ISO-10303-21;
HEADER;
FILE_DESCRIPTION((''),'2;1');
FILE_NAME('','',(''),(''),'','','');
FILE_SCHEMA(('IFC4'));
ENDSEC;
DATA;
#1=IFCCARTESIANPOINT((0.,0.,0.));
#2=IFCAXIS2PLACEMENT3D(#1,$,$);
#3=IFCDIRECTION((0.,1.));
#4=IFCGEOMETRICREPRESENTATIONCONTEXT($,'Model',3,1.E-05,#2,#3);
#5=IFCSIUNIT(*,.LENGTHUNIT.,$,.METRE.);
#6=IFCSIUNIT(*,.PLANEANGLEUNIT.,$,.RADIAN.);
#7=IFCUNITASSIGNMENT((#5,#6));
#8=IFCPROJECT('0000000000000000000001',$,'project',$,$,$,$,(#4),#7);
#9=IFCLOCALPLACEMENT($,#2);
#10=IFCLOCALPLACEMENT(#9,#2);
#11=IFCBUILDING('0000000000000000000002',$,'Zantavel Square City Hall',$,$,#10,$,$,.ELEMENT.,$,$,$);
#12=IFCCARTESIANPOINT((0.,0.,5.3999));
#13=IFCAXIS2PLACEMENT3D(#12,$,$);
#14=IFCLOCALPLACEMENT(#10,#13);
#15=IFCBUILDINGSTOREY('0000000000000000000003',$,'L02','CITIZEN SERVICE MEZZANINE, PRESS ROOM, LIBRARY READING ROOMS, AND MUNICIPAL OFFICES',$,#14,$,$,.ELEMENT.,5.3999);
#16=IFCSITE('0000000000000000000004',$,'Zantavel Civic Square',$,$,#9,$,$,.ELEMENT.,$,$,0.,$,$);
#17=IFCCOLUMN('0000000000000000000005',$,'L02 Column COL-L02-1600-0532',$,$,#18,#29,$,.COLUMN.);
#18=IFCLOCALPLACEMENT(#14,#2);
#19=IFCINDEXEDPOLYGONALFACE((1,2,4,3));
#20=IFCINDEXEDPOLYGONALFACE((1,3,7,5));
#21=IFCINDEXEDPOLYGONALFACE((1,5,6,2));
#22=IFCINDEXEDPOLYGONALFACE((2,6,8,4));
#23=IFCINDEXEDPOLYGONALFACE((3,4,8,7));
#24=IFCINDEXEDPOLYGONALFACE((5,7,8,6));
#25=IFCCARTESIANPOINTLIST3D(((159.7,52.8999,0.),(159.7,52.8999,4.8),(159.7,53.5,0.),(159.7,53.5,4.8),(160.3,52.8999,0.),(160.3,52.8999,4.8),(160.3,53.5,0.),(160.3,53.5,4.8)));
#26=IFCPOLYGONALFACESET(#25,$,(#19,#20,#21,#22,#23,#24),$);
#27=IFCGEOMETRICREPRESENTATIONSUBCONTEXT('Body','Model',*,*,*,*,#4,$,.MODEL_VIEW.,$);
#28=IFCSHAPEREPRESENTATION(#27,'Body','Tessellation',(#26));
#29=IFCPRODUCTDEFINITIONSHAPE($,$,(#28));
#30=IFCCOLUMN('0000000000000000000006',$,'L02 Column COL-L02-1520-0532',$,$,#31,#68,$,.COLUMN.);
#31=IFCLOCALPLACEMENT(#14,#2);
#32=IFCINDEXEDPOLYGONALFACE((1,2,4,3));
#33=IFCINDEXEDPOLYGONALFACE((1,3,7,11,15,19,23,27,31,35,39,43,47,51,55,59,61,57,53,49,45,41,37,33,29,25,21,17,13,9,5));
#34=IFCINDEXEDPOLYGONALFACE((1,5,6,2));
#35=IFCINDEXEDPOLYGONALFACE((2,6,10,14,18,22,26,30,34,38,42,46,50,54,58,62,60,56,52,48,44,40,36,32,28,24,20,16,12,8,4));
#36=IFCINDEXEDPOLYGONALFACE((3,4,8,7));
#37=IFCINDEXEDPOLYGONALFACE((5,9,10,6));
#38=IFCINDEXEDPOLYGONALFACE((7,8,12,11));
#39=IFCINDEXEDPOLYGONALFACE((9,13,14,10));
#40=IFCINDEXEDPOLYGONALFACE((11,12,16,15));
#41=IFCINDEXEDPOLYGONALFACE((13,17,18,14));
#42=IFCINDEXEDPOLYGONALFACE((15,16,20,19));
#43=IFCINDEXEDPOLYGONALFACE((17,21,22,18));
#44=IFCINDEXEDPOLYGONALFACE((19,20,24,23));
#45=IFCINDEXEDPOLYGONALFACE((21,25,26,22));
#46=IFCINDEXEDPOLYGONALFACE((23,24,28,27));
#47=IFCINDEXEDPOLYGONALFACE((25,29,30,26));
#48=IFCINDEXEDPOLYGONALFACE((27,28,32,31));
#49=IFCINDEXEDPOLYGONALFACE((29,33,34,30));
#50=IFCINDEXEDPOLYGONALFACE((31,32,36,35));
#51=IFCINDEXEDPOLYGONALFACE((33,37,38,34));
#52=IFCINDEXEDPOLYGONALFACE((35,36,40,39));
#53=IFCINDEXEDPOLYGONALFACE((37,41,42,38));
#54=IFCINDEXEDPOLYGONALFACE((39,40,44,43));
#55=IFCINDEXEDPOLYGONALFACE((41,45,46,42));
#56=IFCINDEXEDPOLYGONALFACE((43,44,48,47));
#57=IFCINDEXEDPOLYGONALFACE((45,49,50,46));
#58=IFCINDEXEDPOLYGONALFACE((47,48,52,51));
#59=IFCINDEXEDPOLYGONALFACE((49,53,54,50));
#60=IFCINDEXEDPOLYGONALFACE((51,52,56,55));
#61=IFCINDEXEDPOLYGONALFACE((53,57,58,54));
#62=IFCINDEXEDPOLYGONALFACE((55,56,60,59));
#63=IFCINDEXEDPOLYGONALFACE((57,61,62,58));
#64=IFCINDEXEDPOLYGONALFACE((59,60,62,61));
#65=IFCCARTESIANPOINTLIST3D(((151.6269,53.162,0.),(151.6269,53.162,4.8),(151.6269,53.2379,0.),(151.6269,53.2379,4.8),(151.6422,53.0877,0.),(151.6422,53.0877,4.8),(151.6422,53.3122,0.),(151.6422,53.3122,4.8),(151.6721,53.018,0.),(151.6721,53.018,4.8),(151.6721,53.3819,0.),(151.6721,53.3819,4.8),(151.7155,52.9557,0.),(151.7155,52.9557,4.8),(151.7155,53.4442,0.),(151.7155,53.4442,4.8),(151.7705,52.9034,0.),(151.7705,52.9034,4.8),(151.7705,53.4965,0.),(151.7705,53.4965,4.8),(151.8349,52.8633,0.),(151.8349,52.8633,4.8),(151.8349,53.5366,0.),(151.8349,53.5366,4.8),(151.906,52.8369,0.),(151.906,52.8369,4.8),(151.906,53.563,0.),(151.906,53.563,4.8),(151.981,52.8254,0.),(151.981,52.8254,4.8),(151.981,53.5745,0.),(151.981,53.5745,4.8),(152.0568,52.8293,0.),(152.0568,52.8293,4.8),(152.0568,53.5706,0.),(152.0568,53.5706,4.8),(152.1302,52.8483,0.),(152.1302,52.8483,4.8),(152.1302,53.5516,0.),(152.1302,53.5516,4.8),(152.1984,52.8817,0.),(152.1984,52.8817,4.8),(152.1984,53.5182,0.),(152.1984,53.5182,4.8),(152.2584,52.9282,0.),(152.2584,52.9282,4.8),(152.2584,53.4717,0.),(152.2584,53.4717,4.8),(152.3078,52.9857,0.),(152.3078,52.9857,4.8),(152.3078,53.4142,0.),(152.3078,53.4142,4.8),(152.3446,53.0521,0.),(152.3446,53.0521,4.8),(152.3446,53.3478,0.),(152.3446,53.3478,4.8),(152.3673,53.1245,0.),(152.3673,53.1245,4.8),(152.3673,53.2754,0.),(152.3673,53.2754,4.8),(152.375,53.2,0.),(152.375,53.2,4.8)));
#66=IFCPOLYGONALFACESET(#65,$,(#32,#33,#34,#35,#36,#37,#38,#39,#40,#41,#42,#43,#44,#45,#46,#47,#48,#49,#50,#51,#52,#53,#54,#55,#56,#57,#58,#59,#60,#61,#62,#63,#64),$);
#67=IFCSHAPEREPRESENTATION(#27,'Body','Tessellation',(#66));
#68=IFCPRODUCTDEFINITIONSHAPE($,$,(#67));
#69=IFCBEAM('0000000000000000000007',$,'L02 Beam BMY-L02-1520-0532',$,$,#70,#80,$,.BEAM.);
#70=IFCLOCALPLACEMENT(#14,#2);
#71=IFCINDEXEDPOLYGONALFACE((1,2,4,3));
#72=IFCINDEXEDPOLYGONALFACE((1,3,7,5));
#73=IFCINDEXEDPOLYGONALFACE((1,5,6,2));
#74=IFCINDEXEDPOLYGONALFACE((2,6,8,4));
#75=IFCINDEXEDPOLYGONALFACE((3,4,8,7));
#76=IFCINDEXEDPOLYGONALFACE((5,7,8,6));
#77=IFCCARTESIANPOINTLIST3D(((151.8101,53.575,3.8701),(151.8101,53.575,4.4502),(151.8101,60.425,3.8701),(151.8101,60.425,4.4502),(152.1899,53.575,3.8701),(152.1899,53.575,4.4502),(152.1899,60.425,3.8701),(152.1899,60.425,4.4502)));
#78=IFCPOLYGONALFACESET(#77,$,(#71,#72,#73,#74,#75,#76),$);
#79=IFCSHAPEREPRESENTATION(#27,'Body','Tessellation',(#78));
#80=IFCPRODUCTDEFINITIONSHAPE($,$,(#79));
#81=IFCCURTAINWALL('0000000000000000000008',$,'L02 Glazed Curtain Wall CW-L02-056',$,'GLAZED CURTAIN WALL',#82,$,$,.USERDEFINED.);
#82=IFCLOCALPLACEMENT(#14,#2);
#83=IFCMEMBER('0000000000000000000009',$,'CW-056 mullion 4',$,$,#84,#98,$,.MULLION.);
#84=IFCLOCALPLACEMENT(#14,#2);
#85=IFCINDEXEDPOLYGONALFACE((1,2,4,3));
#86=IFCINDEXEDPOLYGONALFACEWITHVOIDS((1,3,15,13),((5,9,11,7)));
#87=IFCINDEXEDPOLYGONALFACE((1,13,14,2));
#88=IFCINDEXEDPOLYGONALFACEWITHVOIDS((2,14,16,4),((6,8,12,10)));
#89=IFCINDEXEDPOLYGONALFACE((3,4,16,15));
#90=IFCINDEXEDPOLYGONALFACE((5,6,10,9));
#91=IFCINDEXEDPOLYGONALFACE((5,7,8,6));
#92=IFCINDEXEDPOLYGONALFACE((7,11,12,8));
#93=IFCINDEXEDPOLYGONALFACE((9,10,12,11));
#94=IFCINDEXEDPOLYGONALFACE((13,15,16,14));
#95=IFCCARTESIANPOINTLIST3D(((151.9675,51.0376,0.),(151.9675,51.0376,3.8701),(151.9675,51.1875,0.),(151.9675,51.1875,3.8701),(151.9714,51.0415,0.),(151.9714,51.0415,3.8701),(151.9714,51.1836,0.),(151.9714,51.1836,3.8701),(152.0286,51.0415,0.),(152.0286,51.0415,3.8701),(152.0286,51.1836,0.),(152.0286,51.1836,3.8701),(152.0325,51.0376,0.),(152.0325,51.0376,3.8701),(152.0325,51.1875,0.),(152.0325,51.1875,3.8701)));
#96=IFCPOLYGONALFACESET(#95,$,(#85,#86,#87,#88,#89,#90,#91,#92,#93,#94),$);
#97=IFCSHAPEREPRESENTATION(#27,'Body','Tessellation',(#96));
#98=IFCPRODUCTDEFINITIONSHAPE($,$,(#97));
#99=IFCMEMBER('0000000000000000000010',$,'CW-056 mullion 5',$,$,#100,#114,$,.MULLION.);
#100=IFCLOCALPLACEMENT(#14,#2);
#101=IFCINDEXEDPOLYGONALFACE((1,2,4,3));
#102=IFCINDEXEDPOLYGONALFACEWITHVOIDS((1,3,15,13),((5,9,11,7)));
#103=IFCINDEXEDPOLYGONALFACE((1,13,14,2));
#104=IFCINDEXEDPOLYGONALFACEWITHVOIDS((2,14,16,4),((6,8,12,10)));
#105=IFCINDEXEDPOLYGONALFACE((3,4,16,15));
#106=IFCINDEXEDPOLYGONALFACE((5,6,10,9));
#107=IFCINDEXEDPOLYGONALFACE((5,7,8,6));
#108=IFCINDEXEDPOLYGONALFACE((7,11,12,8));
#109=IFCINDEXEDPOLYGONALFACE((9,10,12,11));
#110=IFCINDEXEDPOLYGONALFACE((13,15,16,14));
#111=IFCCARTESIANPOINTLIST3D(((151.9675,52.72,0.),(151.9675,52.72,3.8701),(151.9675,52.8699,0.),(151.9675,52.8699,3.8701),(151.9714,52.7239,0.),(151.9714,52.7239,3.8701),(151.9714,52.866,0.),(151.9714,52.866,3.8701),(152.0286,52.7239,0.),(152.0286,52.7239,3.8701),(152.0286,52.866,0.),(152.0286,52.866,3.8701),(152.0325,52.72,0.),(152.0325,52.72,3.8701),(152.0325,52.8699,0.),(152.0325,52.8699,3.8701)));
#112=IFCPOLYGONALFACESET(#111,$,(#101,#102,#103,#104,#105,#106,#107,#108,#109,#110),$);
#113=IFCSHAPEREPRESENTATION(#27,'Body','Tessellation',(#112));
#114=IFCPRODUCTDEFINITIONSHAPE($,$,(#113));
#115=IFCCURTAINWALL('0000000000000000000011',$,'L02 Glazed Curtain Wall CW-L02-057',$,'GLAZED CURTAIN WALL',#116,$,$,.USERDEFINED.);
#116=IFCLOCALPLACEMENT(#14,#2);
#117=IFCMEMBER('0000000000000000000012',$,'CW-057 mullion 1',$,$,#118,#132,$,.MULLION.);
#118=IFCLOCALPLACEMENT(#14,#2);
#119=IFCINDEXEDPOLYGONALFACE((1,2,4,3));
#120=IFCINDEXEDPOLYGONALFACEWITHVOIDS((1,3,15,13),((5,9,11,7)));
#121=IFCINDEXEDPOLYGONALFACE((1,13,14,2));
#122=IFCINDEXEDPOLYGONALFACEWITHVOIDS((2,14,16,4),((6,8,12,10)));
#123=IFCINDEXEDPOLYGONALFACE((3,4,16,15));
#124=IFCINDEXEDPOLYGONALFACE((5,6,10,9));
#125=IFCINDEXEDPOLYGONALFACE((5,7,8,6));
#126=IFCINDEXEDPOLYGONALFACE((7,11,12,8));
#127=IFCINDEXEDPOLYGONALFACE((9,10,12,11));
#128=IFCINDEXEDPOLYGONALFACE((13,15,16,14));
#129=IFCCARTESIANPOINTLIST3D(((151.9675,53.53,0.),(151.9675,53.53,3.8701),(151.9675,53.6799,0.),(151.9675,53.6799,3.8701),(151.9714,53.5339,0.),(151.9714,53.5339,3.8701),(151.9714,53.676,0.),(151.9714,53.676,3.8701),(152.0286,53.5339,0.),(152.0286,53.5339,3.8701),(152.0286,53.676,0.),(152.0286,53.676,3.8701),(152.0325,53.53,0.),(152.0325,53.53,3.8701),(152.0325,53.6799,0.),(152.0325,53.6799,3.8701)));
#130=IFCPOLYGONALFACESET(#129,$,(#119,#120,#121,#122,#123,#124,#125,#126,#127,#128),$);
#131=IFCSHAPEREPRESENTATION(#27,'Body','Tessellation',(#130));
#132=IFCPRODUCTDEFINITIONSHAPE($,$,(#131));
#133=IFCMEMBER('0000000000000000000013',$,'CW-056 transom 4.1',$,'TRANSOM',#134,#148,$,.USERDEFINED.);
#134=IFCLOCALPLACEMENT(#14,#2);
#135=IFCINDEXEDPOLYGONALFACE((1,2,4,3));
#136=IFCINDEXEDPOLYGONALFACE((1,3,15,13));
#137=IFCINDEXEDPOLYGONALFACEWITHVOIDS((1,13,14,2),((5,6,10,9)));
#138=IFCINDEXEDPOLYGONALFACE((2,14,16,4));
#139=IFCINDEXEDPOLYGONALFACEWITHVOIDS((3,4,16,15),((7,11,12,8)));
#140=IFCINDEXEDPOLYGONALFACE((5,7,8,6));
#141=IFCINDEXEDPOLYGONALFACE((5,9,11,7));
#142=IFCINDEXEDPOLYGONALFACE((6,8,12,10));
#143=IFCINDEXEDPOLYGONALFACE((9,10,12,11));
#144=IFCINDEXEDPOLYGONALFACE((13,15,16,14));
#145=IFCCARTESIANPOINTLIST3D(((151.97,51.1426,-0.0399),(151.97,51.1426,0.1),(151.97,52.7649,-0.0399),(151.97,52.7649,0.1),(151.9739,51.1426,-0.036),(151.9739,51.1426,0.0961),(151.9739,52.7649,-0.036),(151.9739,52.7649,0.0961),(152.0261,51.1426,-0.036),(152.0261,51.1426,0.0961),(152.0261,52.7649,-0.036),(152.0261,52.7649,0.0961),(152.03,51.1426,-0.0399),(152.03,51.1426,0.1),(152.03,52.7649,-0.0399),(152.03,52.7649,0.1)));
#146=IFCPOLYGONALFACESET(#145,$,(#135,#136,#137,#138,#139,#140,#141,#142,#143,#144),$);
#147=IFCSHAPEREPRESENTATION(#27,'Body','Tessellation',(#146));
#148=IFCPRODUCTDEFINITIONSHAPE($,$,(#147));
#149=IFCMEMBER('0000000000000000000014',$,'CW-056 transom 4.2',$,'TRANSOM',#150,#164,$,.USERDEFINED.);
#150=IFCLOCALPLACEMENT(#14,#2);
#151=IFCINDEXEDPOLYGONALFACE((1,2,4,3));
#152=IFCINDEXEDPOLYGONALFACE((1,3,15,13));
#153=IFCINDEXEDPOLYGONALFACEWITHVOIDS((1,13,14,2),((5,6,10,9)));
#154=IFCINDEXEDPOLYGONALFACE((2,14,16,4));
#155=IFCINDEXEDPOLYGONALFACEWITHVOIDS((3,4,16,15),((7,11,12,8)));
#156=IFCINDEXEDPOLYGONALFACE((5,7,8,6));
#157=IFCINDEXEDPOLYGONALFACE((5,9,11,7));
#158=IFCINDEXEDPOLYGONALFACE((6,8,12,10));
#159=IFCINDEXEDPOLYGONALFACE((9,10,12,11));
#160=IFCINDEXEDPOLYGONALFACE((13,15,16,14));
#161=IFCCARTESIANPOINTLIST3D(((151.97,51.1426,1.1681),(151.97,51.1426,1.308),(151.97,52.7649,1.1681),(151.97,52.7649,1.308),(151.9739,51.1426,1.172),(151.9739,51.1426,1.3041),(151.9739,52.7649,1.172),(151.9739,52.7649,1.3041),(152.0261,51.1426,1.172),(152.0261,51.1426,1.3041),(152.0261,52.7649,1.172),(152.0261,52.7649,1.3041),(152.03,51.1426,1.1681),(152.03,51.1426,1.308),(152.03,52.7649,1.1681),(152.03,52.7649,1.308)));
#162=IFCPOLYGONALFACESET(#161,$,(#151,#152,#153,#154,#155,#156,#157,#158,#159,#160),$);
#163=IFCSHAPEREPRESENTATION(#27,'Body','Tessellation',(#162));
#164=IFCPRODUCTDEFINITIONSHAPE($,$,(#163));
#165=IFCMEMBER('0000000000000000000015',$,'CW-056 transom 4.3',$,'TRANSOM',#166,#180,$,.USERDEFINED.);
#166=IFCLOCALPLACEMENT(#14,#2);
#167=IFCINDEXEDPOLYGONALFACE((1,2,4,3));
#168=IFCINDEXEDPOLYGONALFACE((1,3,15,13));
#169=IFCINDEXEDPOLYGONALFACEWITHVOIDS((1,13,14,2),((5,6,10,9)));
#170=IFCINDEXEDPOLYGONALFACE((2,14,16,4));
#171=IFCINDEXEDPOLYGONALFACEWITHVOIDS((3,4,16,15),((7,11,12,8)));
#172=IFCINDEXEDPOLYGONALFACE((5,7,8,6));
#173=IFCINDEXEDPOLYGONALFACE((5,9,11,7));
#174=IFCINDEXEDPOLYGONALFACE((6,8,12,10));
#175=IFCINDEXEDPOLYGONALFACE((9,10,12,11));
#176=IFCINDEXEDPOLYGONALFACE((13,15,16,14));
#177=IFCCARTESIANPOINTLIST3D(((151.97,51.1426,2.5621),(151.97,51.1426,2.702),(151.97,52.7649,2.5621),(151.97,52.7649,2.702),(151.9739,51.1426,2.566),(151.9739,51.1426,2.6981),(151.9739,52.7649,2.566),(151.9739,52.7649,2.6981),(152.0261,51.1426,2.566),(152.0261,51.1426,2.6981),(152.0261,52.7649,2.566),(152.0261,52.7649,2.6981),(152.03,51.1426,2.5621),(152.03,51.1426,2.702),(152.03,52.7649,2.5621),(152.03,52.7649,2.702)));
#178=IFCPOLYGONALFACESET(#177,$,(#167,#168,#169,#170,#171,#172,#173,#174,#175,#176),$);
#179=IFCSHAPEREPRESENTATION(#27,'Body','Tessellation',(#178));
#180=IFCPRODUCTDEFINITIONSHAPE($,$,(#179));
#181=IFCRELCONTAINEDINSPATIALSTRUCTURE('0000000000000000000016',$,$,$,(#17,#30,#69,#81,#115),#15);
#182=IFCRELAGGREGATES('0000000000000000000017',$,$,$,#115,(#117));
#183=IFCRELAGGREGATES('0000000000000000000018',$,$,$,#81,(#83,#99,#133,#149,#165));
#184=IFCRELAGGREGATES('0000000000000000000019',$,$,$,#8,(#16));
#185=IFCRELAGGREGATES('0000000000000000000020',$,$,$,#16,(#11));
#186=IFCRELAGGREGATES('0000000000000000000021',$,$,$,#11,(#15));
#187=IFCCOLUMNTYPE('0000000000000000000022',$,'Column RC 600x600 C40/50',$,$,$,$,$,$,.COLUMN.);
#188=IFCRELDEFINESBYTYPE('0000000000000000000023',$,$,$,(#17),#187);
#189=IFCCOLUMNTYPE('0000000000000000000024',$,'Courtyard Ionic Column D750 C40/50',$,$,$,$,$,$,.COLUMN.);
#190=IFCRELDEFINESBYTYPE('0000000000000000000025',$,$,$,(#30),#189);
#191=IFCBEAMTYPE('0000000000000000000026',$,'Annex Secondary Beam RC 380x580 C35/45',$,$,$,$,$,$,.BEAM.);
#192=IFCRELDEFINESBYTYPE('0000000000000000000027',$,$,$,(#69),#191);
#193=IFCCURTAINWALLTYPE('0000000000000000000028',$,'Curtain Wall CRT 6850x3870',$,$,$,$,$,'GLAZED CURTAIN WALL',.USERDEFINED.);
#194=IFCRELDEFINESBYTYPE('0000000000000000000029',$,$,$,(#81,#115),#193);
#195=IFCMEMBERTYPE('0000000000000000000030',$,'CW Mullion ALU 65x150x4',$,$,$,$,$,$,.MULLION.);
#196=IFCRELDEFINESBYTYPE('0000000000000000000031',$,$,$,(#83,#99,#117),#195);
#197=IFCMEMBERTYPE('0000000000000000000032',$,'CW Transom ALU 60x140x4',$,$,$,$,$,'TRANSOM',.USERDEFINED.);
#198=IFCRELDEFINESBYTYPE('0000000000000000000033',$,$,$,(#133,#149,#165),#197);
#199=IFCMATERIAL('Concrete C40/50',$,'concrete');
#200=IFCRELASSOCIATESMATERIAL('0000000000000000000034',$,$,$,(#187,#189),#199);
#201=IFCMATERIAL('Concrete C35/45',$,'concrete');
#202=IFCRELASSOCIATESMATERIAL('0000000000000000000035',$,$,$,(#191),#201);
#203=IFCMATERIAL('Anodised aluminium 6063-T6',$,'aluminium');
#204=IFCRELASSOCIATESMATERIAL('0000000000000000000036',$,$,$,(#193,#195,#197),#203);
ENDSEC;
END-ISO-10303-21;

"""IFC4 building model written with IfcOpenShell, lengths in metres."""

from ifc_helpers import new_model, si_unit, direction, frame, origin, origin_2d, place, context, subcontext, project, spatial, rectangle, hollow_rectangle, circle, extrude, material, material_profile, profile_set, type_object, element, aggregate, save


model = new_model("IFC4")

# Units and contexts
model_context = context("Model", 3, precision=1e-05, world=origin(), true_north=direction((0.0, 1.0)))
body_context = subcontext(model_context, "Body", "Model", "MODEL_VIEW")
ifc_project = project(units=[si_unit("LENGTHUNIT", "METRE"), si_unit("PLANEANGLEUNIT", "RADIAN")], contexts=[model_context])

# Site, building, storey
site_placement = place(None, origin())
site = spatial("IfcSite", under=ifc_project, at=site_placement, Name="Zantavel Civic Square", CompositionType="ELEMENT", RefElevation=0.0)
building_placement = place(site_placement, origin())
building = spatial("IfcBuilding", under=site, at=building_placement, Name="Zantavel Square City Hall", CompositionType="ELEMENT")
storey_placement = place(building_placement, frame((0.0, 0.0, 5.3999)))
storey = spatial("IfcBuildingStorey", under=building, at=storey_placement, Name="L02", Description="CITIZEN SERVICE MEZZANINE, PRESS ROOM, LIBRARY READING ROOMS, AND MUNICIPAL OFFICES", CompositionType="ELEMENT", Elevation=5.3999)

# Columns
ifc_material_1 = material(Name="Concrete C40/50", Category="concrete")
ifc_material_profile_1 = material_profile(ifc_material_1, rectangle(XDim=0.6001, YDim=0.6001, at=origin_2d()), Name="RC 600x600")
ifc_profile_set_1 = profile_set([ifc_material_profile_1], Name="Concrete C40/50")
column_type_1 = type_object("IfcColumnType", Name="Column RC 600x600 C40/50", PredefinedType="COLUMN", material=ifc_profile_set_1)
column_1_placement = place(storey_placement, frame((160.0, 53.2, 0.0), z_axis=(0.0, 0.0, 1.0), x_axis=(1.0, 0.0, 0.0)))
element("IfcColumn", 1, at=column_1_placement, inside=storey, type_object=column_type_1, Name="L02 Column COL-L02-1600-0532", PredefinedType="COLUMN", context=body_context, shape_type="SweptSolid", body=[
    extrude(rectangle(XDim=0.6001, YDim=0.6001, at=origin_2d()), origin(), (0.0, 0.0, 1.0), 4.8),
])
ifc_material_profile_2 = material_profile(ifc_material_1, circle(Radius=0.375, at=origin_2d()), Name="ROUND D750")
ifc_profile_set_2 = profile_set([ifc_material_profile_2], Name="Concrete C40/50")
column_type_2 = type_object("IfcColumnType", Name="Courtyard Ionic Column D750 C40/50", PredefinedType="COLUMN", material=ifc_profile_set_2)
column_2_placement = place(storey_placement, frame((152.0, 53.2, 0.0), z_axis=(0.0, 0.0, 1.0), x_axis=(1.0, 0.0, 0.0)))
element("IfcColumn", 2, at=column_2_placement, inside=storey, type_object=column_type_2, Name="L02 Column COL-L02-1520-0532", PredefinedType="COLUMN", context=body_context, shape_type="SweptSolid", body=[
    extrude(circle(Radius=0.375, at=origin_2d()), origin(), (0.0, 0.0, 1.0), 4.8),
])

# Beam
ifc_material_2 = material(Name="Concrete C35/45", Category="concrete")
ifc_material_profile_3 = material_profile(ifc_material_2, rectangle(XDim=0.3799, YDim=0.5801, at=origin_2d()), Name="RC 380x580")
ifc_profile_set_3 = profile_set([ifc_material_profile_3], Name="Concrete C35/45")
beam_type_1 = type_object("IfcBeamType", Name="Annex Secondary Beam RC 380x580 C35/45", PredefinedType="BEAM", material=ifc_profile_set_3)
beam_1_placement = place(storey_placement, frame((152.0, 53.575, 4.1602), z_axis=(0.0, 1.0, 0.0), x_axis=(-1.0, 0.0, 0.0)))
element("IfcBeam", 3, at=beam_1_placement, inside=storey, type_object=beam_type_1, Name="L02 Beam BMY-L02-1520-0532", PredefinedType="BEAM", context=body_context, shape_type="SweptSolid", body=[
    extrude(rectangle(XDim=0.3799, YDim=0.5801, at=origin_2d()), origin(), (0.0, 0.0, 1.0), 6.8501),
])

# Curtain wall, members
ifc_material_3 = material(Name="Anodised aluminium 6063-T6", Category="aluminium")
curtain_wall_type = type_object("IfcCurtainWallType", Name="Curtain Wall CRT 6850x3870", ElementType="GLAZED CURTAIN WALL", PredefinedType="USERDEFINED", material=ifc_material_3)
curtain_wall_1_placement = place(storey_placement, origin())
curtain_wall_1 = element("IfcCurtainWall", 4, at=curtain_wall_1_placement, inside=storey, type_object=curtain_wall_type, Name="L02 Glazed Curtain Wall CW-L02-056", ObjectType="GLAZED CURTAIN WALL", PredefinedType="USERDEFINED")
ifc_material_profile_4 = material_profile(ifc_material_3, hollow_rectangle(XDim=0.0649, YDim=0.1499, WallThickness=0.0039, at=origin_2d()), Name="ALU 65x150x4")
ifc_profile_set_4 = profile_set([ifc_material_profile_4], Name="Anodised aluminium 6063-T6")
member_type_1 = type_object("IfcMemberType", Name="CW Mullion ALU 65x150x4", PredefinedType="MULLION", material=ifc_profile_set_4)
member_1_placement = place(storey_placement, frame((152.0, 51.1125, 0.0), z_axis=(0.0, 0.0, 1.0), x_axis=(-1.0, 0.0, 0.0)))
member_1 = element("IfcMember", 5, at=member_1_placement, type_object=member_type_1, Name="CW-056 mullion 4", PredefinedType="MULLION", context=body_context, shape_type="SweptSolid", body=[
    extrude(hollow_rectangle(XDim=0.0649, YDim=0.1499, WallThickness=0.0039, at=origin_2d()), origin(), (0.0, 0.0, 1.0), 3.8701),
])
member_2_placement = place(storey_placement, frame((152.0, 52.7949, 0.0), z_axis=(0.0, 0.0, 1.0), x_axis=(-1.0, 0.0, 0.0)))
member_2 = element("IfcMember", 6, at=member_2_placement, type_object=member_type_1, Name="CW-056 mullion 5", PredefinedType="MULLION", context=body_context, shape_type="SweptSolid", body=[
    extrude(hollow_rectangle(XDim=0.0649, YDim=0.1499, WallThickness=0.0039, at=origin_2d()), origin(), (0.0, 0.0, 1.0), 3.8701),
])

# Curtain wall, member
curtain_wall_2_placement = place(storey_placement, origin())
curtain_wall_2 = element("IfcCurtainWall", 7, at=curtain_wall_2_placement, inside=storey, type_object=curtain_wall_type, Name="L02 Glazed Curtain Wall CW-L02-057", ObjectType="GLAZED CURTAIN WALL", PredefinedType="USERDEFINED")
member_3_placement = place(storey_placement, frame((152.0, 53.605, 0.0), z_axis=(0.0, 0.0, 1.0), x_axis=(-1.0, 0.0, 0.0)))
member_3 = element("IfcMember", 8, at=member_3_placement, type_object=member_type_1, Name="CW-057 mullion 1", PredefinedType="MULLION", context=body_context, shape_type="SweptSolid", body=[
    extrude(hollow_rectangle(XDim=0.0649, YDim=0.1499, WallThickness=0.0039, at=origin_2d()), origin(), (0.0, 0.0, 1.0), 3.8701),
])

# Members
ifc_material_profile_5 = material_profile(ifc_material_3, hollow_rectangle(XDim=0.0601, YDim=0.1399, WallThickness=0.0039, at=origin_2d()), Name="ALU 60x140x4")
ifc_profile_set_5 = profile_set([ifc_material_profile_5], Name="Anodised aluminium 6063-T6")
member_type_2 = type_object("IfcMemberType", Name="CW Transom ALU 60x140x4", ElementType="TRANSOM", PredefinedType="USERDEFINED", material=ifc_profile_set_5)
member_4_placement = place(storey_placement, frame((152.0, 51.1426, 0.03), z_axis=(0.0, 1.0, 0.0), x_axis=(-1.0, 0.0, 0.0)))
member_4 = element("IfcMember", 9, at=member_4_placement, type_object=member_type_2, Name="CW-056 transom 4.1", ObjectType="TRANSOM", PredefinedType="USERDEFINED", context=body_context, shape_type="SweptSolid", body=[
    extrude(hollow_rectangle(XDim=0.0601, YDim=0.1399, WallThickness=0.0039, at=origin_2d()), origin(), (0.0, 0.0, 1.0), 1.6223),
])
member_5_placement = place(storey_placement, frame((152.0, 51.1426, 1.238), z_axis=(0.0, 1.0, 0.0), x_axis=(-1.0, 0.0, 0.0)))
member_5 = element("IfcMember", 10, at=member_5_placement, type_object=member_type_2, Name="CW-056 transom 4.2", ObjectType="TRANSOM", PredefinedType="USERDEFINED", context=body_context, shape_type="SweptSolid", body=[
    extrude(hollow_rectangle(XDim=0.0601, YDim=0.1399, WallThickness=0.0039, at=origin_2d()), origin(), (0.0, 0.0, 1.0), 1.6223),
])
member_6_placement = place(storey_placement, frame((152.0, 51.1426, 2.6321), z_axis=(0.0, 1.0, 0.0), x_axis=(-1.0, 0.0, 0.0)))
member_6 = element("IfcMember", 11, at=member_6_placement, type_object=member_type_2, Name="CW-056 transom 4.3", ObjectType="TRANSOM", PredefinedType="USERDEFINED", context=body_context, shape_type="SweptSolid", body=[
    extrude(hollow_rectangle(XDim=0.0601, YDim=0.1399, WallThickness=0.0039, at=origin_2d()), origin(), (0.0, 0.0, 1.0), 1.6223),
])
aggregate(curtain_wall_2, [member_3])

aggregate(curtain_wall_1, [member_1, member_2, member_4, member_5, member_6])

save(model, "model.ifc")
